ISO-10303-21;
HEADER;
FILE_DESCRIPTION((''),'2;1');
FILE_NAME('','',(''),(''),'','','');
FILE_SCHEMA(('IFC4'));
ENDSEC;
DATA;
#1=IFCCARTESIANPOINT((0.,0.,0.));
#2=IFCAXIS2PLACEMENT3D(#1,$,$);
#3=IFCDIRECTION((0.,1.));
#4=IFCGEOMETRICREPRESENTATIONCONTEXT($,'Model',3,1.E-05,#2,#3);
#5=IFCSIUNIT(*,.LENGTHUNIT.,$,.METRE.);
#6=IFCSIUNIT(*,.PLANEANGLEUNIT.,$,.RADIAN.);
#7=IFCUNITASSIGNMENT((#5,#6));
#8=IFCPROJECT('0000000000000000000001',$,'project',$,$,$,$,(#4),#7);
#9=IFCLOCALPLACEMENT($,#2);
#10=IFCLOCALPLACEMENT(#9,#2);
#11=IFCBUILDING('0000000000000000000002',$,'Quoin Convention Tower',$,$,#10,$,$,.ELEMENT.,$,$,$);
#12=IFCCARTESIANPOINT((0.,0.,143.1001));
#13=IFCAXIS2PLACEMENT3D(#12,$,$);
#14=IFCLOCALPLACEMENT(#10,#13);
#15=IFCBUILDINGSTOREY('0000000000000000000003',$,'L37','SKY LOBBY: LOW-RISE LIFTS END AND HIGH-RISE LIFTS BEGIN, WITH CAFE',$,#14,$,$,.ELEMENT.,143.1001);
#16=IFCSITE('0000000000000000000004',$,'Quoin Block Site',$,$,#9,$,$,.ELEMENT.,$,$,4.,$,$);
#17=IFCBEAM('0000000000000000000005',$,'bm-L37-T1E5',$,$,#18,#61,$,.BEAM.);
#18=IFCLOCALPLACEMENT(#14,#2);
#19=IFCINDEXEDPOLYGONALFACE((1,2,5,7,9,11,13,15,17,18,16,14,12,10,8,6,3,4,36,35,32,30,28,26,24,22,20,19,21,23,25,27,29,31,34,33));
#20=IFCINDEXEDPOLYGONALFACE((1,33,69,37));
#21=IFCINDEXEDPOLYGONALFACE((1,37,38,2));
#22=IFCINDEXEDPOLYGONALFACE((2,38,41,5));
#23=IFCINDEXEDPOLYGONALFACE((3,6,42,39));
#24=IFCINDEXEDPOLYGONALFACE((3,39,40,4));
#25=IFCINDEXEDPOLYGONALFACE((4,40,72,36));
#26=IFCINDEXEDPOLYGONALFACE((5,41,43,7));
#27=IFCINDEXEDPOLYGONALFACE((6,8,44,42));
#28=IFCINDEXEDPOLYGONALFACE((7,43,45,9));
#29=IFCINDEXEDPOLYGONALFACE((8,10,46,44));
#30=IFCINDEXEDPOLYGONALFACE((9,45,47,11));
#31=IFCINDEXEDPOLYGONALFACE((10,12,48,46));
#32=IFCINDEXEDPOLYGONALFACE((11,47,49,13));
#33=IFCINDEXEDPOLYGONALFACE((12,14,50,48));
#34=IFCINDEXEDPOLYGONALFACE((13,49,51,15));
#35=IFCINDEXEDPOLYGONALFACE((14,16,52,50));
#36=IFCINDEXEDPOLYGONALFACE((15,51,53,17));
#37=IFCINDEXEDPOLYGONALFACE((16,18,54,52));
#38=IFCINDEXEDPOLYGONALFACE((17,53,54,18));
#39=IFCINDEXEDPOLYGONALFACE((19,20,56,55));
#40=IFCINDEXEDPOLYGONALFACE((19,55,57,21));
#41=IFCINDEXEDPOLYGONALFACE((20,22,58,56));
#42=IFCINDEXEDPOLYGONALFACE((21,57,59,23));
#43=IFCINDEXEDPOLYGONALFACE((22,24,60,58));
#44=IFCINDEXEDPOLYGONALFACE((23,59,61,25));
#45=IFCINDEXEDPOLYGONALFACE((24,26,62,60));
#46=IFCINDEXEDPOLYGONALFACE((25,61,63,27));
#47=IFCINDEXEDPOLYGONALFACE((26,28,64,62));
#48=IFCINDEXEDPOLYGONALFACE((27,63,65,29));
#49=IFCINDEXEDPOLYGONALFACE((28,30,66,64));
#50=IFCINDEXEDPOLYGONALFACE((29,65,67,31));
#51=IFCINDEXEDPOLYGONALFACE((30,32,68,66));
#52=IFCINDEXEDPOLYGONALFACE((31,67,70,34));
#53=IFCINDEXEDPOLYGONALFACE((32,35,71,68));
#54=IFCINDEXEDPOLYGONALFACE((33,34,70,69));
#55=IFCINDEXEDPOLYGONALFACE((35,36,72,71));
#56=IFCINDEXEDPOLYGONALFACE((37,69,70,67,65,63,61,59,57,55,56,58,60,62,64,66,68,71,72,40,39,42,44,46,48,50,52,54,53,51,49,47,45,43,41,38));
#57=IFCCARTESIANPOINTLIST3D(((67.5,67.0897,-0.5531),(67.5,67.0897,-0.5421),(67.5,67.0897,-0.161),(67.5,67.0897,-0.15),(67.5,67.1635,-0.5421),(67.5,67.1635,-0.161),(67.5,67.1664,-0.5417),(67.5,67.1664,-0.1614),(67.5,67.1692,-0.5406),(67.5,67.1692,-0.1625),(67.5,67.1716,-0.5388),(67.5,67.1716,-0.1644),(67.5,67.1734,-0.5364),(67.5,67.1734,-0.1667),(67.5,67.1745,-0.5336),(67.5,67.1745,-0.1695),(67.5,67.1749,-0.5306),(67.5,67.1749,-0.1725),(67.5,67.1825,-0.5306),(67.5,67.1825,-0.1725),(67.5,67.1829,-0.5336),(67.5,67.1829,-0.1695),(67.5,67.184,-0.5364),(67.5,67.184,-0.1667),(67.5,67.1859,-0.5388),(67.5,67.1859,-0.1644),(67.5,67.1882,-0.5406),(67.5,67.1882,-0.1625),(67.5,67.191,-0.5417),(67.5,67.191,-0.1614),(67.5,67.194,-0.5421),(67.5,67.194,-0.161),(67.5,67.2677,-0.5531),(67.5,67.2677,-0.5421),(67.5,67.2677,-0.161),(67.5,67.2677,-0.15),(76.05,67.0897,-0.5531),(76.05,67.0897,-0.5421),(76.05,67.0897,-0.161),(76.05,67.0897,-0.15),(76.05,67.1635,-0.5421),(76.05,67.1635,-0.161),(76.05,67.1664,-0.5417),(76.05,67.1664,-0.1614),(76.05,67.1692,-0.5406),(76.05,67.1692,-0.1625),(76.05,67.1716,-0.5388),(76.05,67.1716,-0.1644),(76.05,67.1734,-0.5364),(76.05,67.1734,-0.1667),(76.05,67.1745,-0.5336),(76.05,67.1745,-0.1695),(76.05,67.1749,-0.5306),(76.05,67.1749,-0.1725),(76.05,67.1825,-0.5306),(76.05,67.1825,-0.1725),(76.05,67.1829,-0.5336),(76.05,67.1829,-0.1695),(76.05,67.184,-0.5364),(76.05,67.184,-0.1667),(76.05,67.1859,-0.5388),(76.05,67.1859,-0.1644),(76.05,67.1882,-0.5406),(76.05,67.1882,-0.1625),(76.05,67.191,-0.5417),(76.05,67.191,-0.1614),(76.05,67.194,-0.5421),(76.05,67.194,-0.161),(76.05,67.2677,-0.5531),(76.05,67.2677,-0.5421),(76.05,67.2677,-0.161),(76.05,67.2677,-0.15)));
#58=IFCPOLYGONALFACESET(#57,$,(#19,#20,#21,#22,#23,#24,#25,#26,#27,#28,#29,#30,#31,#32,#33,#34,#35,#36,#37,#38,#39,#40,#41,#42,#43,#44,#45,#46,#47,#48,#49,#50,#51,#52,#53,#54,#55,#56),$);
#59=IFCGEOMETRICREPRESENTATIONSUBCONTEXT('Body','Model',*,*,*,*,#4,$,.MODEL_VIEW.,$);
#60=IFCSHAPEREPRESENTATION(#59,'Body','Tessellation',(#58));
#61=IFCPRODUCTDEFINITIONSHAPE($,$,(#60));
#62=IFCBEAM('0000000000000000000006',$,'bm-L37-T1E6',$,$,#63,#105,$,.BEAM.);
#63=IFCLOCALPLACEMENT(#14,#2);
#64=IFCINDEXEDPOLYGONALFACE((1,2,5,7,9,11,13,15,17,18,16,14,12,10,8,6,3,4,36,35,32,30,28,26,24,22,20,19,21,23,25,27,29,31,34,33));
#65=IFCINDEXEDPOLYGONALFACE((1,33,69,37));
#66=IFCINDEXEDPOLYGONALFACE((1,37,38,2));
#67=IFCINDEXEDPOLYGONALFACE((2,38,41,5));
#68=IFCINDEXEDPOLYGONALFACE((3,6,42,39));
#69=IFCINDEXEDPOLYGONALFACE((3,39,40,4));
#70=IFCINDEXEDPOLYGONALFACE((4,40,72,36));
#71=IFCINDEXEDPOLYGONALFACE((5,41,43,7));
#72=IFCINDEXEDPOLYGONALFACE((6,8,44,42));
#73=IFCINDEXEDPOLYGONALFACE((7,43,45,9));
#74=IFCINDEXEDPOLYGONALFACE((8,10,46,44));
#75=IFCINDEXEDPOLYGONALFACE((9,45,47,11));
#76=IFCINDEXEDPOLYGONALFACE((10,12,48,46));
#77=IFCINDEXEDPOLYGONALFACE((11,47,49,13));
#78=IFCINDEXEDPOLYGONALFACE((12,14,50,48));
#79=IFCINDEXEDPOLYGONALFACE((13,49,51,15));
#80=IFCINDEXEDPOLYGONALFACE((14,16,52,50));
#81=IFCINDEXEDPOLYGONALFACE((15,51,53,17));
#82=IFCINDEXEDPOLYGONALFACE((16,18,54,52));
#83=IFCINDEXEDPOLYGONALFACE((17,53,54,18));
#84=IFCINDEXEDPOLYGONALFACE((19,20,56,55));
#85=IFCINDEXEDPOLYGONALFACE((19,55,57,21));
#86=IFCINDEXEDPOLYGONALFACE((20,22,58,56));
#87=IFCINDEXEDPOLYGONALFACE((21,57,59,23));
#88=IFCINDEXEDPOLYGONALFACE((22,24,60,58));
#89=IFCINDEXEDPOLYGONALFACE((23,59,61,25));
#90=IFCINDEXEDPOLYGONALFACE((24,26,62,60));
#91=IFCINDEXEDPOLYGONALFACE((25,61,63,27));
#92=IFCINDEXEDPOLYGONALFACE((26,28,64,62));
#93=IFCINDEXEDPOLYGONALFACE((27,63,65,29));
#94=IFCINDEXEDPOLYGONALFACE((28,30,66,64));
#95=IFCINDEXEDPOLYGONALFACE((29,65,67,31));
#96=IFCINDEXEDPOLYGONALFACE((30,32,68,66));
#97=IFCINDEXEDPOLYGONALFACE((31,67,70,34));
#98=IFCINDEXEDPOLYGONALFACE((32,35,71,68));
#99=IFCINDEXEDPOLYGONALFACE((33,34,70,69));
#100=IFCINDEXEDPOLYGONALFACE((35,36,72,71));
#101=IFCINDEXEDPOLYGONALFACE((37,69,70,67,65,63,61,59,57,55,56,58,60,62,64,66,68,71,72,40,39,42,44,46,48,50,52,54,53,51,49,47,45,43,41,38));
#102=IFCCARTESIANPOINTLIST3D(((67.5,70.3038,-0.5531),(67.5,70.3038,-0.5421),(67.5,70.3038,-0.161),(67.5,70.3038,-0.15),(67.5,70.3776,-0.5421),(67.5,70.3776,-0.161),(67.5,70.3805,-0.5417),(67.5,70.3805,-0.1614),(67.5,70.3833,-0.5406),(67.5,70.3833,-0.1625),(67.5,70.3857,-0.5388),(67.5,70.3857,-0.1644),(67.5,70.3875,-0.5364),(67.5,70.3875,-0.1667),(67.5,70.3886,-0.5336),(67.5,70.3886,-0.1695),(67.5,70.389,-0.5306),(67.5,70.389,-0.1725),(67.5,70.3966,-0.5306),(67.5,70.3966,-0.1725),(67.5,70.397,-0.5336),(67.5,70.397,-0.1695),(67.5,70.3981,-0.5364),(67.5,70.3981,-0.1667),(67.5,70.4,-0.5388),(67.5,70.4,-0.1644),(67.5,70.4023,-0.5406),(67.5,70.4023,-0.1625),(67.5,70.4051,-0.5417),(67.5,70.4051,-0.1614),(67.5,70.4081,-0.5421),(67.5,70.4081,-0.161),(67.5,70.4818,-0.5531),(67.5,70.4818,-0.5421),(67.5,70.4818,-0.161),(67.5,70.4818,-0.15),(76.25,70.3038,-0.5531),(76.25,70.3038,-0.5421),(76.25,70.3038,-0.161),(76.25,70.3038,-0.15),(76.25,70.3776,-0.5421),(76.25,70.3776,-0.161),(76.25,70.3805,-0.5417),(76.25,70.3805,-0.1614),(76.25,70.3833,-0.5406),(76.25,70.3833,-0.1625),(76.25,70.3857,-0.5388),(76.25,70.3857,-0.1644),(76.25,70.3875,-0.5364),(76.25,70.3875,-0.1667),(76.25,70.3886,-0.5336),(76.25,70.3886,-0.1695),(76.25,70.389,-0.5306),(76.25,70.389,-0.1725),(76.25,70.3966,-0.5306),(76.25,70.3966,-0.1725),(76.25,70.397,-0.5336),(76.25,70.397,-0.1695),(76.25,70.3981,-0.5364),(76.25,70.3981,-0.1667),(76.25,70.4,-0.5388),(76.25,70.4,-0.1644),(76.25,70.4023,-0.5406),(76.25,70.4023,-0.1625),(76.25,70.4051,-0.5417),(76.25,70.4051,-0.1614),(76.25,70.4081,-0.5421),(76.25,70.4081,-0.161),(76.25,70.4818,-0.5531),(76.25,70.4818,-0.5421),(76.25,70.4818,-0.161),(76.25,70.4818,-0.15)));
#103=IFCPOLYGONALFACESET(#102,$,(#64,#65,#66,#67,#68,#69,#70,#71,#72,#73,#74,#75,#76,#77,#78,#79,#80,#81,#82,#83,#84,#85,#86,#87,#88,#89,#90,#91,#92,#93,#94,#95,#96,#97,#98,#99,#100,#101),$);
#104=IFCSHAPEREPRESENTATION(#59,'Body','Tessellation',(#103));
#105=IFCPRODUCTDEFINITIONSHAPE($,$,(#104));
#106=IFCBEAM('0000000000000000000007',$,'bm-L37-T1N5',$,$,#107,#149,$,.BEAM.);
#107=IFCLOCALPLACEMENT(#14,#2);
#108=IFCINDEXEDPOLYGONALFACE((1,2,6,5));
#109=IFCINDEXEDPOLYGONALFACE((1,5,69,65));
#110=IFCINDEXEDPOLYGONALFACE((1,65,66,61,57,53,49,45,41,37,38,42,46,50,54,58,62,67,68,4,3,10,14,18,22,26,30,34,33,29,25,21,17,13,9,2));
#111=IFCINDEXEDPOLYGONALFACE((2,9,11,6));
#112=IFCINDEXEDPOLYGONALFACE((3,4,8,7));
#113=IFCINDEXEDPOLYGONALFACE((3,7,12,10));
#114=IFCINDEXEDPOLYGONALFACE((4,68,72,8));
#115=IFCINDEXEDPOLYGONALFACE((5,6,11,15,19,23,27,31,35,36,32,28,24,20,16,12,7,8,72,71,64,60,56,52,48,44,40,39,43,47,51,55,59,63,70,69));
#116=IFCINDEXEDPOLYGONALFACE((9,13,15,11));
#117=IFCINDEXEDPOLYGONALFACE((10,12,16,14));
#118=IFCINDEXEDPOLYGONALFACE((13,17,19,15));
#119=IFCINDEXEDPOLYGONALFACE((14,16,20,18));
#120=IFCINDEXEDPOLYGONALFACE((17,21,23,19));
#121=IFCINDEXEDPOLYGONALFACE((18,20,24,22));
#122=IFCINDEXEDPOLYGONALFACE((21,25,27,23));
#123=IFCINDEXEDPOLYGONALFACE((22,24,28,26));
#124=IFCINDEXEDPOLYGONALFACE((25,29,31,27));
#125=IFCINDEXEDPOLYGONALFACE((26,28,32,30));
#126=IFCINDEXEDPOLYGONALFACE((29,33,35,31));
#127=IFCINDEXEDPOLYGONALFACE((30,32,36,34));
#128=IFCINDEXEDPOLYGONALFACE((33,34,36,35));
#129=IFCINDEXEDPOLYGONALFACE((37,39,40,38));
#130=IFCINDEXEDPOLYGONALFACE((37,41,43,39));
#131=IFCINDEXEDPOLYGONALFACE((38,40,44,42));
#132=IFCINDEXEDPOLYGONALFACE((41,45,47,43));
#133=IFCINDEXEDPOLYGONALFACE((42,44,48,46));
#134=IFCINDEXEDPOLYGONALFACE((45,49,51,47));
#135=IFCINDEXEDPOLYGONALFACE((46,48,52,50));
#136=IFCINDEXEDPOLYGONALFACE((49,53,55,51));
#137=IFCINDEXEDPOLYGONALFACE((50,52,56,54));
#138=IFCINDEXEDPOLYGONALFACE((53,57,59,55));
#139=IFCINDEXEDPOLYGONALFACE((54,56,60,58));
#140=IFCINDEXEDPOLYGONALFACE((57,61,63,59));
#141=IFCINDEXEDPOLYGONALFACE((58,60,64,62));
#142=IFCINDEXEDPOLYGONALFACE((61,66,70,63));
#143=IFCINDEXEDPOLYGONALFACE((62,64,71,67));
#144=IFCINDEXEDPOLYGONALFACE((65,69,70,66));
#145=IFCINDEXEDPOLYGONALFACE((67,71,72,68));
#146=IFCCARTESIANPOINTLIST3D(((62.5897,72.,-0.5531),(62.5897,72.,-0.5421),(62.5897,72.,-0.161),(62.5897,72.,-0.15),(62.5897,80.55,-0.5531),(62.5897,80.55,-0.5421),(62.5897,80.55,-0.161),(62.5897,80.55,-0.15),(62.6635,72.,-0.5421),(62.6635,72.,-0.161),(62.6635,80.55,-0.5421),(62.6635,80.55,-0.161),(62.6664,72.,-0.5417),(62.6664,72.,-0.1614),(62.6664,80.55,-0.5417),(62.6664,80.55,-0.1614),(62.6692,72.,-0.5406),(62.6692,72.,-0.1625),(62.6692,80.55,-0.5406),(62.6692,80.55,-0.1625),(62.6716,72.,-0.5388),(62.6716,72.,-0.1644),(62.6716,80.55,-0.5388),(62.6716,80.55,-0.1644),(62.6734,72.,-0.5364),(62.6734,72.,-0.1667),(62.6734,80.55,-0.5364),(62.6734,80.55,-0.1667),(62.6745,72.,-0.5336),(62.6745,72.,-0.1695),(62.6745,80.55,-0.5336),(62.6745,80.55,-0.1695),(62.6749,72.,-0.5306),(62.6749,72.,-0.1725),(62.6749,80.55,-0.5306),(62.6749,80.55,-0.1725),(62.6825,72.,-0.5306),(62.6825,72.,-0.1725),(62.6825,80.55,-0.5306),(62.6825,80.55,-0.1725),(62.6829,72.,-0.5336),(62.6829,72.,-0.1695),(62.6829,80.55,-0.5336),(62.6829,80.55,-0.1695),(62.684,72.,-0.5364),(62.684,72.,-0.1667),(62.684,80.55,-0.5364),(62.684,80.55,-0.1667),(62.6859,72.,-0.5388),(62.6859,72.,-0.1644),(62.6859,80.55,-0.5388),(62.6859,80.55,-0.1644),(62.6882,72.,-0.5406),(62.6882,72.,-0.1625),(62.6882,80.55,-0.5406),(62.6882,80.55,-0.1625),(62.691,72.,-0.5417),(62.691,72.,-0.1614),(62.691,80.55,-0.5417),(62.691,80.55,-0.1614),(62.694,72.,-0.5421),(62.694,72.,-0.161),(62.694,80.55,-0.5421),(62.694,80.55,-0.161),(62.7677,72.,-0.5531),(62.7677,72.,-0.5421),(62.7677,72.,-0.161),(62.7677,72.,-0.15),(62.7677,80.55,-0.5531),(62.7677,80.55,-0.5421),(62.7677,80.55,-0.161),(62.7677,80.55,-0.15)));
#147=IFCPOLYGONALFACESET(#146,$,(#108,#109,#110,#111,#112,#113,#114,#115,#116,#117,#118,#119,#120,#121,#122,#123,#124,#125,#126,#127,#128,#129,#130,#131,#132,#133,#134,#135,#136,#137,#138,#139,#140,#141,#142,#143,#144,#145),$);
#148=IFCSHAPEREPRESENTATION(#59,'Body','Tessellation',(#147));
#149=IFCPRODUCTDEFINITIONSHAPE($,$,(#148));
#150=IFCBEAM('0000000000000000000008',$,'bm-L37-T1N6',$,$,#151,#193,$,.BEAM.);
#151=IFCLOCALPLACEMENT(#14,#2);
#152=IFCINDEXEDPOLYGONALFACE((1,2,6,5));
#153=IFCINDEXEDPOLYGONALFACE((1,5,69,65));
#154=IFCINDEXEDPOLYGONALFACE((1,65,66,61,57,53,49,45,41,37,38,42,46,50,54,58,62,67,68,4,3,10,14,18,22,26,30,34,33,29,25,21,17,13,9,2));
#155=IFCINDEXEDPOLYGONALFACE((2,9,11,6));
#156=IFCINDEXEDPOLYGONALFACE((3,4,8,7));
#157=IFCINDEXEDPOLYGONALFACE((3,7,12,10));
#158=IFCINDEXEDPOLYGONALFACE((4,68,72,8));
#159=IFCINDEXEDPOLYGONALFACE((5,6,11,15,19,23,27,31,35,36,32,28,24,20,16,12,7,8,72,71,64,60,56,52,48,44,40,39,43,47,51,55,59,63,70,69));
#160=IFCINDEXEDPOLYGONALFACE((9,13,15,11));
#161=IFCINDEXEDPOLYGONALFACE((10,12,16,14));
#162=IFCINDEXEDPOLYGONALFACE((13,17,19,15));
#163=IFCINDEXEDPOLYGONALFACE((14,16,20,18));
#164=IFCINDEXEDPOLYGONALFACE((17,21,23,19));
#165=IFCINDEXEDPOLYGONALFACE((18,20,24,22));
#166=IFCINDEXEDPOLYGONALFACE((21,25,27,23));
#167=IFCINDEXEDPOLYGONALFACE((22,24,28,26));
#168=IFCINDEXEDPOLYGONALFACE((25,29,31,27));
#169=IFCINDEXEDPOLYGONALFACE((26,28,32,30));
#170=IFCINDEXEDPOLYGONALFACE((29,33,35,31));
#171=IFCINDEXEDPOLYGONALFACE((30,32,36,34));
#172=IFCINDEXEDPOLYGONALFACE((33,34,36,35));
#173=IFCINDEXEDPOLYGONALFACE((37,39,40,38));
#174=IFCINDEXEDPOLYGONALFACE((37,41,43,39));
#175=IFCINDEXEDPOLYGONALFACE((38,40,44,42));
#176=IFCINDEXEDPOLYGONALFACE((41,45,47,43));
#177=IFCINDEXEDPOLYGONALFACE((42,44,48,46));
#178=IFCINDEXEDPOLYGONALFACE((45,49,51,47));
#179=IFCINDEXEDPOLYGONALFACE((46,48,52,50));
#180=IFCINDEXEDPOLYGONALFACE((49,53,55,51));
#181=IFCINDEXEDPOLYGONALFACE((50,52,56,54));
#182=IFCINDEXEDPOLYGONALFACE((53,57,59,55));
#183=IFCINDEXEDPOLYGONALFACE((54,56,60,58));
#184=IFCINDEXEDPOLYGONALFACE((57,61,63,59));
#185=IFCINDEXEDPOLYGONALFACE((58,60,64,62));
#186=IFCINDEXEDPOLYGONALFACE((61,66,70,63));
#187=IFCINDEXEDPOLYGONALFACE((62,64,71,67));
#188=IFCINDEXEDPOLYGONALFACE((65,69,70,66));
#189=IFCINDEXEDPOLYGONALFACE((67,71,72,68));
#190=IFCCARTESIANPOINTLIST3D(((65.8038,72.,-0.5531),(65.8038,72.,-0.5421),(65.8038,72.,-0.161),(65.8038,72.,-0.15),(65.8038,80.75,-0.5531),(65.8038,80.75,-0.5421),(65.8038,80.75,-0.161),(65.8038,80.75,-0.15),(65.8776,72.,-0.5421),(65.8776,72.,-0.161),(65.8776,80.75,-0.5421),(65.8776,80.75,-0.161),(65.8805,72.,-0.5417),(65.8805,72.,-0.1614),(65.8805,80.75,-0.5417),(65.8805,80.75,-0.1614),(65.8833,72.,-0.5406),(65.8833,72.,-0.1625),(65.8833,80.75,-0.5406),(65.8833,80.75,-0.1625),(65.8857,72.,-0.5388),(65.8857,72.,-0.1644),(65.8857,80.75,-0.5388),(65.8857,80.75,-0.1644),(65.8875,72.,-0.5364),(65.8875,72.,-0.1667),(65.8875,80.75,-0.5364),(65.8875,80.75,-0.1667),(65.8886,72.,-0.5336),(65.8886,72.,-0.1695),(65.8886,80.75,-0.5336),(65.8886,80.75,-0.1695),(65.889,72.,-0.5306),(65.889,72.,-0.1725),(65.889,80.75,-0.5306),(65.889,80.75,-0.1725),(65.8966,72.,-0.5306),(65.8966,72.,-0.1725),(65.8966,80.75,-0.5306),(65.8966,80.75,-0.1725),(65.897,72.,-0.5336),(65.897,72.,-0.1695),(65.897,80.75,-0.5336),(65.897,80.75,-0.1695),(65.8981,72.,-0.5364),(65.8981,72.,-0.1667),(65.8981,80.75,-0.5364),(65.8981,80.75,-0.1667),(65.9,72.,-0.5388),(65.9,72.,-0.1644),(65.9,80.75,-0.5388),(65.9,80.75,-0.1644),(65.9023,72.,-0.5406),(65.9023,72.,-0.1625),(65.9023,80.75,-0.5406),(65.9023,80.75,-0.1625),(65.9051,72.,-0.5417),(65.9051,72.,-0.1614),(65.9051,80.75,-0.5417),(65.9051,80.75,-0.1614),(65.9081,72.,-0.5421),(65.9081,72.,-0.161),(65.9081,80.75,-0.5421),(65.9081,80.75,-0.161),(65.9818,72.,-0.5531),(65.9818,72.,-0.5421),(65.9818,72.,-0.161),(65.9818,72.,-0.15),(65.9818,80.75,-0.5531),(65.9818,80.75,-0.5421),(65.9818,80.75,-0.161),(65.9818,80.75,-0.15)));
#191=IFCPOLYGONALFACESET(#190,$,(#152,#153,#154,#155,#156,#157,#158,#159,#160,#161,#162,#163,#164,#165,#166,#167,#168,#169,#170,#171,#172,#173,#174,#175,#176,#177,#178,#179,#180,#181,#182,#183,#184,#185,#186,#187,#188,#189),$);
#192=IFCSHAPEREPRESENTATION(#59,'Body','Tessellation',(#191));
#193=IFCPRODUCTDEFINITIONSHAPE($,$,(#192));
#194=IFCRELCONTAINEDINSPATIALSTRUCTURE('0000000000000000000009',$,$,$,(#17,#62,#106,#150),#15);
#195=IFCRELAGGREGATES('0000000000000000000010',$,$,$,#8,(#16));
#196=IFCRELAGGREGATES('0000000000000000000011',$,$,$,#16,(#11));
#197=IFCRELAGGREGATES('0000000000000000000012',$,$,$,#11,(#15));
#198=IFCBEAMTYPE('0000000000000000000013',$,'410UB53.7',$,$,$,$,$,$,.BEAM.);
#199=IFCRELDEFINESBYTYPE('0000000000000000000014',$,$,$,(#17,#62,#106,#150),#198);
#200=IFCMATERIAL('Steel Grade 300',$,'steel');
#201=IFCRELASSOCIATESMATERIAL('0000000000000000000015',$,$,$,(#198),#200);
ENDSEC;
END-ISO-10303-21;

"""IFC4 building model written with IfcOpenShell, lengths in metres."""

from ifc_helpers import new_model, si_unit, direction, frame, origin, origin_2d, place, context, subcontext, project, spatial, i_section, extrude, material, material_profile, profile_set, type_object, element, save


model = new_model("IFC4")

# Units and contexts
model_context = context("Model", 3, precision=1e-05, world=origin(), true_north=direction((0.0, 1.0)))
body_context = subcontext(model_context, "Body", "Model", "MODEL_VIEW")
ifc_project = project(units=[si_unit("LENGTHUNIT", "METRE"), si_unit("PLANEANGLEUNIT", "RADIAN")], contexts=[model_context])

# Site, building, storey
site_placement = place(None, origin())
site = spatial("IfcSite", under=ifc_project, at=site_placement, Name="Quoin Block Site", CompositionType="ELEMENT", RefElevation=4.0)
building_placement = place(site_placement, origin())
building = spatial("IfcBuilding", under=site, at=building_placement, Name="Quoin Convention Tower", CompositionType="ELEMENT")
storey_placement = place(building_placement, frame((0.0, 0.0, 143.1001)))
storey = spatial("IfcBuildingStorey", under=building, at=storey_placement, Name="L37", Description="SKY LOBBY: LOW-RISE LIFTS END AND HIGH-RISE LIFTS BEGIN, WITH CAFE", CompositionType="ELEMENT", Elevation=143.1001)

# Beams
ifc_material_1 = material(Name="Steel Grade 300", Category="steel")
ifc_material_profile_1 = material_profile(ifc_material_1, i_section(OverallWidth=0.178, OverallDepth=0.4031, WebThickness=0.0076, FlangeThickness=0.011, FilletRadius=0.0115, at=origin_2d()), Name="410UB53.7")
ifc_profile_set_1 = profile_set([ifc_material_profile_1], Name="Steel Grade 300")
beam_type_1 = type_object("IfcBeamType", Name="410UB53.7", PredefinedType="BEAM", material=ifc_profile_set_1)
beam_1_placement = place(storey_placement, frame((67.5, 67.1787, -0.3516), z_axis=(1.0, 0.0, 0.0), x_axis=(0.0, 1.0, 0.0)))
element("IfcBeam", 1, at=beam_1_placement, inside=storey, type_object=beam_type_1, Name="bm-L37-T1E5", PredefinedType="BEAM", context=body_context, shape_type="SweptSolid", body=[
    extrude(i_section(OverallWidth=0.178, OverallDepth=0.4031, WebThickness=0.0076, FlangeThickness=0.011, FilletRadius=0.0115, at=origin_2d()), origin(), (0.0, 0.0, 1.0), 8.55),
])
beam_2_placement = place(storey_placement, frame((67.5, 70.3928, -0.3516), z_axis=(1.0, 0.0, 0.0), x_axis=(0.0, 1.0, 0.0)))
element("IfcBeam", 2, at=beam_2_placement, inside=storey, type_object=beam_type_1, Name="bm-L37-T1E6", PredefinedType="BEAM", context=body_context, shape_type="SweptSolid", body=[
    extrude(i_section(OverallWidth=0.178, OverallDepth=0.4031, WebThickness=0.0076, FlangeThickness=0.011, FilletRadius=0.0115, at=origin_2d()), origin(), (0.0, 0.0, 1.0), 8.75),
])
beam_3_placement = place(storey_placement, frame((62.6787, 72.0, -0.3516), z_axis=(0.0, 1.0, 0.0), x_axis=(-1.0, 0.0, 0.0)))
element("IfcBeam", 3, at=beam_3_placement, inside=storey, type_object=beam_type_1, Name="bm-L37-T1N5", PredefinedType="BEAM", context=body_context, shape_type="SweptSolid", body=[
    extrude(i_section(OverallWidth=0.178, OverallDepth=0.4031, WebThickness=0.0076, FlangeThickness=0.011, FilletRadius=0.0115, at=origin_2d()), origin(), (0.0, 0.0, 1.0), 8.55),
])
beam_4_placement = place(storey_placement, frame((65.8928, 72.0, -0.3516), z_axis=(0.0, 1.0, 0.0), x_axis=(-1.0, 0.0, 0.0)))
element("IfcBeam", 4, at=beam_4_placement, inside=storey, type_object=beam_type_1, Name="bm-L37-T1N6", PredefinedType="BEAM", context=body_context, shape_type="SweptSolid", body=[
    extrude(i_section(OverallWidth=0.178, OverallDepth=0.4031, WebThickness=0.0076, FlangeThickness=0.011, FilletRadius=0.0115, at=origin_2d()), origin(), (0.0, 0.0, 1.0), 8.75),
])

save(model, "model.ifc")
